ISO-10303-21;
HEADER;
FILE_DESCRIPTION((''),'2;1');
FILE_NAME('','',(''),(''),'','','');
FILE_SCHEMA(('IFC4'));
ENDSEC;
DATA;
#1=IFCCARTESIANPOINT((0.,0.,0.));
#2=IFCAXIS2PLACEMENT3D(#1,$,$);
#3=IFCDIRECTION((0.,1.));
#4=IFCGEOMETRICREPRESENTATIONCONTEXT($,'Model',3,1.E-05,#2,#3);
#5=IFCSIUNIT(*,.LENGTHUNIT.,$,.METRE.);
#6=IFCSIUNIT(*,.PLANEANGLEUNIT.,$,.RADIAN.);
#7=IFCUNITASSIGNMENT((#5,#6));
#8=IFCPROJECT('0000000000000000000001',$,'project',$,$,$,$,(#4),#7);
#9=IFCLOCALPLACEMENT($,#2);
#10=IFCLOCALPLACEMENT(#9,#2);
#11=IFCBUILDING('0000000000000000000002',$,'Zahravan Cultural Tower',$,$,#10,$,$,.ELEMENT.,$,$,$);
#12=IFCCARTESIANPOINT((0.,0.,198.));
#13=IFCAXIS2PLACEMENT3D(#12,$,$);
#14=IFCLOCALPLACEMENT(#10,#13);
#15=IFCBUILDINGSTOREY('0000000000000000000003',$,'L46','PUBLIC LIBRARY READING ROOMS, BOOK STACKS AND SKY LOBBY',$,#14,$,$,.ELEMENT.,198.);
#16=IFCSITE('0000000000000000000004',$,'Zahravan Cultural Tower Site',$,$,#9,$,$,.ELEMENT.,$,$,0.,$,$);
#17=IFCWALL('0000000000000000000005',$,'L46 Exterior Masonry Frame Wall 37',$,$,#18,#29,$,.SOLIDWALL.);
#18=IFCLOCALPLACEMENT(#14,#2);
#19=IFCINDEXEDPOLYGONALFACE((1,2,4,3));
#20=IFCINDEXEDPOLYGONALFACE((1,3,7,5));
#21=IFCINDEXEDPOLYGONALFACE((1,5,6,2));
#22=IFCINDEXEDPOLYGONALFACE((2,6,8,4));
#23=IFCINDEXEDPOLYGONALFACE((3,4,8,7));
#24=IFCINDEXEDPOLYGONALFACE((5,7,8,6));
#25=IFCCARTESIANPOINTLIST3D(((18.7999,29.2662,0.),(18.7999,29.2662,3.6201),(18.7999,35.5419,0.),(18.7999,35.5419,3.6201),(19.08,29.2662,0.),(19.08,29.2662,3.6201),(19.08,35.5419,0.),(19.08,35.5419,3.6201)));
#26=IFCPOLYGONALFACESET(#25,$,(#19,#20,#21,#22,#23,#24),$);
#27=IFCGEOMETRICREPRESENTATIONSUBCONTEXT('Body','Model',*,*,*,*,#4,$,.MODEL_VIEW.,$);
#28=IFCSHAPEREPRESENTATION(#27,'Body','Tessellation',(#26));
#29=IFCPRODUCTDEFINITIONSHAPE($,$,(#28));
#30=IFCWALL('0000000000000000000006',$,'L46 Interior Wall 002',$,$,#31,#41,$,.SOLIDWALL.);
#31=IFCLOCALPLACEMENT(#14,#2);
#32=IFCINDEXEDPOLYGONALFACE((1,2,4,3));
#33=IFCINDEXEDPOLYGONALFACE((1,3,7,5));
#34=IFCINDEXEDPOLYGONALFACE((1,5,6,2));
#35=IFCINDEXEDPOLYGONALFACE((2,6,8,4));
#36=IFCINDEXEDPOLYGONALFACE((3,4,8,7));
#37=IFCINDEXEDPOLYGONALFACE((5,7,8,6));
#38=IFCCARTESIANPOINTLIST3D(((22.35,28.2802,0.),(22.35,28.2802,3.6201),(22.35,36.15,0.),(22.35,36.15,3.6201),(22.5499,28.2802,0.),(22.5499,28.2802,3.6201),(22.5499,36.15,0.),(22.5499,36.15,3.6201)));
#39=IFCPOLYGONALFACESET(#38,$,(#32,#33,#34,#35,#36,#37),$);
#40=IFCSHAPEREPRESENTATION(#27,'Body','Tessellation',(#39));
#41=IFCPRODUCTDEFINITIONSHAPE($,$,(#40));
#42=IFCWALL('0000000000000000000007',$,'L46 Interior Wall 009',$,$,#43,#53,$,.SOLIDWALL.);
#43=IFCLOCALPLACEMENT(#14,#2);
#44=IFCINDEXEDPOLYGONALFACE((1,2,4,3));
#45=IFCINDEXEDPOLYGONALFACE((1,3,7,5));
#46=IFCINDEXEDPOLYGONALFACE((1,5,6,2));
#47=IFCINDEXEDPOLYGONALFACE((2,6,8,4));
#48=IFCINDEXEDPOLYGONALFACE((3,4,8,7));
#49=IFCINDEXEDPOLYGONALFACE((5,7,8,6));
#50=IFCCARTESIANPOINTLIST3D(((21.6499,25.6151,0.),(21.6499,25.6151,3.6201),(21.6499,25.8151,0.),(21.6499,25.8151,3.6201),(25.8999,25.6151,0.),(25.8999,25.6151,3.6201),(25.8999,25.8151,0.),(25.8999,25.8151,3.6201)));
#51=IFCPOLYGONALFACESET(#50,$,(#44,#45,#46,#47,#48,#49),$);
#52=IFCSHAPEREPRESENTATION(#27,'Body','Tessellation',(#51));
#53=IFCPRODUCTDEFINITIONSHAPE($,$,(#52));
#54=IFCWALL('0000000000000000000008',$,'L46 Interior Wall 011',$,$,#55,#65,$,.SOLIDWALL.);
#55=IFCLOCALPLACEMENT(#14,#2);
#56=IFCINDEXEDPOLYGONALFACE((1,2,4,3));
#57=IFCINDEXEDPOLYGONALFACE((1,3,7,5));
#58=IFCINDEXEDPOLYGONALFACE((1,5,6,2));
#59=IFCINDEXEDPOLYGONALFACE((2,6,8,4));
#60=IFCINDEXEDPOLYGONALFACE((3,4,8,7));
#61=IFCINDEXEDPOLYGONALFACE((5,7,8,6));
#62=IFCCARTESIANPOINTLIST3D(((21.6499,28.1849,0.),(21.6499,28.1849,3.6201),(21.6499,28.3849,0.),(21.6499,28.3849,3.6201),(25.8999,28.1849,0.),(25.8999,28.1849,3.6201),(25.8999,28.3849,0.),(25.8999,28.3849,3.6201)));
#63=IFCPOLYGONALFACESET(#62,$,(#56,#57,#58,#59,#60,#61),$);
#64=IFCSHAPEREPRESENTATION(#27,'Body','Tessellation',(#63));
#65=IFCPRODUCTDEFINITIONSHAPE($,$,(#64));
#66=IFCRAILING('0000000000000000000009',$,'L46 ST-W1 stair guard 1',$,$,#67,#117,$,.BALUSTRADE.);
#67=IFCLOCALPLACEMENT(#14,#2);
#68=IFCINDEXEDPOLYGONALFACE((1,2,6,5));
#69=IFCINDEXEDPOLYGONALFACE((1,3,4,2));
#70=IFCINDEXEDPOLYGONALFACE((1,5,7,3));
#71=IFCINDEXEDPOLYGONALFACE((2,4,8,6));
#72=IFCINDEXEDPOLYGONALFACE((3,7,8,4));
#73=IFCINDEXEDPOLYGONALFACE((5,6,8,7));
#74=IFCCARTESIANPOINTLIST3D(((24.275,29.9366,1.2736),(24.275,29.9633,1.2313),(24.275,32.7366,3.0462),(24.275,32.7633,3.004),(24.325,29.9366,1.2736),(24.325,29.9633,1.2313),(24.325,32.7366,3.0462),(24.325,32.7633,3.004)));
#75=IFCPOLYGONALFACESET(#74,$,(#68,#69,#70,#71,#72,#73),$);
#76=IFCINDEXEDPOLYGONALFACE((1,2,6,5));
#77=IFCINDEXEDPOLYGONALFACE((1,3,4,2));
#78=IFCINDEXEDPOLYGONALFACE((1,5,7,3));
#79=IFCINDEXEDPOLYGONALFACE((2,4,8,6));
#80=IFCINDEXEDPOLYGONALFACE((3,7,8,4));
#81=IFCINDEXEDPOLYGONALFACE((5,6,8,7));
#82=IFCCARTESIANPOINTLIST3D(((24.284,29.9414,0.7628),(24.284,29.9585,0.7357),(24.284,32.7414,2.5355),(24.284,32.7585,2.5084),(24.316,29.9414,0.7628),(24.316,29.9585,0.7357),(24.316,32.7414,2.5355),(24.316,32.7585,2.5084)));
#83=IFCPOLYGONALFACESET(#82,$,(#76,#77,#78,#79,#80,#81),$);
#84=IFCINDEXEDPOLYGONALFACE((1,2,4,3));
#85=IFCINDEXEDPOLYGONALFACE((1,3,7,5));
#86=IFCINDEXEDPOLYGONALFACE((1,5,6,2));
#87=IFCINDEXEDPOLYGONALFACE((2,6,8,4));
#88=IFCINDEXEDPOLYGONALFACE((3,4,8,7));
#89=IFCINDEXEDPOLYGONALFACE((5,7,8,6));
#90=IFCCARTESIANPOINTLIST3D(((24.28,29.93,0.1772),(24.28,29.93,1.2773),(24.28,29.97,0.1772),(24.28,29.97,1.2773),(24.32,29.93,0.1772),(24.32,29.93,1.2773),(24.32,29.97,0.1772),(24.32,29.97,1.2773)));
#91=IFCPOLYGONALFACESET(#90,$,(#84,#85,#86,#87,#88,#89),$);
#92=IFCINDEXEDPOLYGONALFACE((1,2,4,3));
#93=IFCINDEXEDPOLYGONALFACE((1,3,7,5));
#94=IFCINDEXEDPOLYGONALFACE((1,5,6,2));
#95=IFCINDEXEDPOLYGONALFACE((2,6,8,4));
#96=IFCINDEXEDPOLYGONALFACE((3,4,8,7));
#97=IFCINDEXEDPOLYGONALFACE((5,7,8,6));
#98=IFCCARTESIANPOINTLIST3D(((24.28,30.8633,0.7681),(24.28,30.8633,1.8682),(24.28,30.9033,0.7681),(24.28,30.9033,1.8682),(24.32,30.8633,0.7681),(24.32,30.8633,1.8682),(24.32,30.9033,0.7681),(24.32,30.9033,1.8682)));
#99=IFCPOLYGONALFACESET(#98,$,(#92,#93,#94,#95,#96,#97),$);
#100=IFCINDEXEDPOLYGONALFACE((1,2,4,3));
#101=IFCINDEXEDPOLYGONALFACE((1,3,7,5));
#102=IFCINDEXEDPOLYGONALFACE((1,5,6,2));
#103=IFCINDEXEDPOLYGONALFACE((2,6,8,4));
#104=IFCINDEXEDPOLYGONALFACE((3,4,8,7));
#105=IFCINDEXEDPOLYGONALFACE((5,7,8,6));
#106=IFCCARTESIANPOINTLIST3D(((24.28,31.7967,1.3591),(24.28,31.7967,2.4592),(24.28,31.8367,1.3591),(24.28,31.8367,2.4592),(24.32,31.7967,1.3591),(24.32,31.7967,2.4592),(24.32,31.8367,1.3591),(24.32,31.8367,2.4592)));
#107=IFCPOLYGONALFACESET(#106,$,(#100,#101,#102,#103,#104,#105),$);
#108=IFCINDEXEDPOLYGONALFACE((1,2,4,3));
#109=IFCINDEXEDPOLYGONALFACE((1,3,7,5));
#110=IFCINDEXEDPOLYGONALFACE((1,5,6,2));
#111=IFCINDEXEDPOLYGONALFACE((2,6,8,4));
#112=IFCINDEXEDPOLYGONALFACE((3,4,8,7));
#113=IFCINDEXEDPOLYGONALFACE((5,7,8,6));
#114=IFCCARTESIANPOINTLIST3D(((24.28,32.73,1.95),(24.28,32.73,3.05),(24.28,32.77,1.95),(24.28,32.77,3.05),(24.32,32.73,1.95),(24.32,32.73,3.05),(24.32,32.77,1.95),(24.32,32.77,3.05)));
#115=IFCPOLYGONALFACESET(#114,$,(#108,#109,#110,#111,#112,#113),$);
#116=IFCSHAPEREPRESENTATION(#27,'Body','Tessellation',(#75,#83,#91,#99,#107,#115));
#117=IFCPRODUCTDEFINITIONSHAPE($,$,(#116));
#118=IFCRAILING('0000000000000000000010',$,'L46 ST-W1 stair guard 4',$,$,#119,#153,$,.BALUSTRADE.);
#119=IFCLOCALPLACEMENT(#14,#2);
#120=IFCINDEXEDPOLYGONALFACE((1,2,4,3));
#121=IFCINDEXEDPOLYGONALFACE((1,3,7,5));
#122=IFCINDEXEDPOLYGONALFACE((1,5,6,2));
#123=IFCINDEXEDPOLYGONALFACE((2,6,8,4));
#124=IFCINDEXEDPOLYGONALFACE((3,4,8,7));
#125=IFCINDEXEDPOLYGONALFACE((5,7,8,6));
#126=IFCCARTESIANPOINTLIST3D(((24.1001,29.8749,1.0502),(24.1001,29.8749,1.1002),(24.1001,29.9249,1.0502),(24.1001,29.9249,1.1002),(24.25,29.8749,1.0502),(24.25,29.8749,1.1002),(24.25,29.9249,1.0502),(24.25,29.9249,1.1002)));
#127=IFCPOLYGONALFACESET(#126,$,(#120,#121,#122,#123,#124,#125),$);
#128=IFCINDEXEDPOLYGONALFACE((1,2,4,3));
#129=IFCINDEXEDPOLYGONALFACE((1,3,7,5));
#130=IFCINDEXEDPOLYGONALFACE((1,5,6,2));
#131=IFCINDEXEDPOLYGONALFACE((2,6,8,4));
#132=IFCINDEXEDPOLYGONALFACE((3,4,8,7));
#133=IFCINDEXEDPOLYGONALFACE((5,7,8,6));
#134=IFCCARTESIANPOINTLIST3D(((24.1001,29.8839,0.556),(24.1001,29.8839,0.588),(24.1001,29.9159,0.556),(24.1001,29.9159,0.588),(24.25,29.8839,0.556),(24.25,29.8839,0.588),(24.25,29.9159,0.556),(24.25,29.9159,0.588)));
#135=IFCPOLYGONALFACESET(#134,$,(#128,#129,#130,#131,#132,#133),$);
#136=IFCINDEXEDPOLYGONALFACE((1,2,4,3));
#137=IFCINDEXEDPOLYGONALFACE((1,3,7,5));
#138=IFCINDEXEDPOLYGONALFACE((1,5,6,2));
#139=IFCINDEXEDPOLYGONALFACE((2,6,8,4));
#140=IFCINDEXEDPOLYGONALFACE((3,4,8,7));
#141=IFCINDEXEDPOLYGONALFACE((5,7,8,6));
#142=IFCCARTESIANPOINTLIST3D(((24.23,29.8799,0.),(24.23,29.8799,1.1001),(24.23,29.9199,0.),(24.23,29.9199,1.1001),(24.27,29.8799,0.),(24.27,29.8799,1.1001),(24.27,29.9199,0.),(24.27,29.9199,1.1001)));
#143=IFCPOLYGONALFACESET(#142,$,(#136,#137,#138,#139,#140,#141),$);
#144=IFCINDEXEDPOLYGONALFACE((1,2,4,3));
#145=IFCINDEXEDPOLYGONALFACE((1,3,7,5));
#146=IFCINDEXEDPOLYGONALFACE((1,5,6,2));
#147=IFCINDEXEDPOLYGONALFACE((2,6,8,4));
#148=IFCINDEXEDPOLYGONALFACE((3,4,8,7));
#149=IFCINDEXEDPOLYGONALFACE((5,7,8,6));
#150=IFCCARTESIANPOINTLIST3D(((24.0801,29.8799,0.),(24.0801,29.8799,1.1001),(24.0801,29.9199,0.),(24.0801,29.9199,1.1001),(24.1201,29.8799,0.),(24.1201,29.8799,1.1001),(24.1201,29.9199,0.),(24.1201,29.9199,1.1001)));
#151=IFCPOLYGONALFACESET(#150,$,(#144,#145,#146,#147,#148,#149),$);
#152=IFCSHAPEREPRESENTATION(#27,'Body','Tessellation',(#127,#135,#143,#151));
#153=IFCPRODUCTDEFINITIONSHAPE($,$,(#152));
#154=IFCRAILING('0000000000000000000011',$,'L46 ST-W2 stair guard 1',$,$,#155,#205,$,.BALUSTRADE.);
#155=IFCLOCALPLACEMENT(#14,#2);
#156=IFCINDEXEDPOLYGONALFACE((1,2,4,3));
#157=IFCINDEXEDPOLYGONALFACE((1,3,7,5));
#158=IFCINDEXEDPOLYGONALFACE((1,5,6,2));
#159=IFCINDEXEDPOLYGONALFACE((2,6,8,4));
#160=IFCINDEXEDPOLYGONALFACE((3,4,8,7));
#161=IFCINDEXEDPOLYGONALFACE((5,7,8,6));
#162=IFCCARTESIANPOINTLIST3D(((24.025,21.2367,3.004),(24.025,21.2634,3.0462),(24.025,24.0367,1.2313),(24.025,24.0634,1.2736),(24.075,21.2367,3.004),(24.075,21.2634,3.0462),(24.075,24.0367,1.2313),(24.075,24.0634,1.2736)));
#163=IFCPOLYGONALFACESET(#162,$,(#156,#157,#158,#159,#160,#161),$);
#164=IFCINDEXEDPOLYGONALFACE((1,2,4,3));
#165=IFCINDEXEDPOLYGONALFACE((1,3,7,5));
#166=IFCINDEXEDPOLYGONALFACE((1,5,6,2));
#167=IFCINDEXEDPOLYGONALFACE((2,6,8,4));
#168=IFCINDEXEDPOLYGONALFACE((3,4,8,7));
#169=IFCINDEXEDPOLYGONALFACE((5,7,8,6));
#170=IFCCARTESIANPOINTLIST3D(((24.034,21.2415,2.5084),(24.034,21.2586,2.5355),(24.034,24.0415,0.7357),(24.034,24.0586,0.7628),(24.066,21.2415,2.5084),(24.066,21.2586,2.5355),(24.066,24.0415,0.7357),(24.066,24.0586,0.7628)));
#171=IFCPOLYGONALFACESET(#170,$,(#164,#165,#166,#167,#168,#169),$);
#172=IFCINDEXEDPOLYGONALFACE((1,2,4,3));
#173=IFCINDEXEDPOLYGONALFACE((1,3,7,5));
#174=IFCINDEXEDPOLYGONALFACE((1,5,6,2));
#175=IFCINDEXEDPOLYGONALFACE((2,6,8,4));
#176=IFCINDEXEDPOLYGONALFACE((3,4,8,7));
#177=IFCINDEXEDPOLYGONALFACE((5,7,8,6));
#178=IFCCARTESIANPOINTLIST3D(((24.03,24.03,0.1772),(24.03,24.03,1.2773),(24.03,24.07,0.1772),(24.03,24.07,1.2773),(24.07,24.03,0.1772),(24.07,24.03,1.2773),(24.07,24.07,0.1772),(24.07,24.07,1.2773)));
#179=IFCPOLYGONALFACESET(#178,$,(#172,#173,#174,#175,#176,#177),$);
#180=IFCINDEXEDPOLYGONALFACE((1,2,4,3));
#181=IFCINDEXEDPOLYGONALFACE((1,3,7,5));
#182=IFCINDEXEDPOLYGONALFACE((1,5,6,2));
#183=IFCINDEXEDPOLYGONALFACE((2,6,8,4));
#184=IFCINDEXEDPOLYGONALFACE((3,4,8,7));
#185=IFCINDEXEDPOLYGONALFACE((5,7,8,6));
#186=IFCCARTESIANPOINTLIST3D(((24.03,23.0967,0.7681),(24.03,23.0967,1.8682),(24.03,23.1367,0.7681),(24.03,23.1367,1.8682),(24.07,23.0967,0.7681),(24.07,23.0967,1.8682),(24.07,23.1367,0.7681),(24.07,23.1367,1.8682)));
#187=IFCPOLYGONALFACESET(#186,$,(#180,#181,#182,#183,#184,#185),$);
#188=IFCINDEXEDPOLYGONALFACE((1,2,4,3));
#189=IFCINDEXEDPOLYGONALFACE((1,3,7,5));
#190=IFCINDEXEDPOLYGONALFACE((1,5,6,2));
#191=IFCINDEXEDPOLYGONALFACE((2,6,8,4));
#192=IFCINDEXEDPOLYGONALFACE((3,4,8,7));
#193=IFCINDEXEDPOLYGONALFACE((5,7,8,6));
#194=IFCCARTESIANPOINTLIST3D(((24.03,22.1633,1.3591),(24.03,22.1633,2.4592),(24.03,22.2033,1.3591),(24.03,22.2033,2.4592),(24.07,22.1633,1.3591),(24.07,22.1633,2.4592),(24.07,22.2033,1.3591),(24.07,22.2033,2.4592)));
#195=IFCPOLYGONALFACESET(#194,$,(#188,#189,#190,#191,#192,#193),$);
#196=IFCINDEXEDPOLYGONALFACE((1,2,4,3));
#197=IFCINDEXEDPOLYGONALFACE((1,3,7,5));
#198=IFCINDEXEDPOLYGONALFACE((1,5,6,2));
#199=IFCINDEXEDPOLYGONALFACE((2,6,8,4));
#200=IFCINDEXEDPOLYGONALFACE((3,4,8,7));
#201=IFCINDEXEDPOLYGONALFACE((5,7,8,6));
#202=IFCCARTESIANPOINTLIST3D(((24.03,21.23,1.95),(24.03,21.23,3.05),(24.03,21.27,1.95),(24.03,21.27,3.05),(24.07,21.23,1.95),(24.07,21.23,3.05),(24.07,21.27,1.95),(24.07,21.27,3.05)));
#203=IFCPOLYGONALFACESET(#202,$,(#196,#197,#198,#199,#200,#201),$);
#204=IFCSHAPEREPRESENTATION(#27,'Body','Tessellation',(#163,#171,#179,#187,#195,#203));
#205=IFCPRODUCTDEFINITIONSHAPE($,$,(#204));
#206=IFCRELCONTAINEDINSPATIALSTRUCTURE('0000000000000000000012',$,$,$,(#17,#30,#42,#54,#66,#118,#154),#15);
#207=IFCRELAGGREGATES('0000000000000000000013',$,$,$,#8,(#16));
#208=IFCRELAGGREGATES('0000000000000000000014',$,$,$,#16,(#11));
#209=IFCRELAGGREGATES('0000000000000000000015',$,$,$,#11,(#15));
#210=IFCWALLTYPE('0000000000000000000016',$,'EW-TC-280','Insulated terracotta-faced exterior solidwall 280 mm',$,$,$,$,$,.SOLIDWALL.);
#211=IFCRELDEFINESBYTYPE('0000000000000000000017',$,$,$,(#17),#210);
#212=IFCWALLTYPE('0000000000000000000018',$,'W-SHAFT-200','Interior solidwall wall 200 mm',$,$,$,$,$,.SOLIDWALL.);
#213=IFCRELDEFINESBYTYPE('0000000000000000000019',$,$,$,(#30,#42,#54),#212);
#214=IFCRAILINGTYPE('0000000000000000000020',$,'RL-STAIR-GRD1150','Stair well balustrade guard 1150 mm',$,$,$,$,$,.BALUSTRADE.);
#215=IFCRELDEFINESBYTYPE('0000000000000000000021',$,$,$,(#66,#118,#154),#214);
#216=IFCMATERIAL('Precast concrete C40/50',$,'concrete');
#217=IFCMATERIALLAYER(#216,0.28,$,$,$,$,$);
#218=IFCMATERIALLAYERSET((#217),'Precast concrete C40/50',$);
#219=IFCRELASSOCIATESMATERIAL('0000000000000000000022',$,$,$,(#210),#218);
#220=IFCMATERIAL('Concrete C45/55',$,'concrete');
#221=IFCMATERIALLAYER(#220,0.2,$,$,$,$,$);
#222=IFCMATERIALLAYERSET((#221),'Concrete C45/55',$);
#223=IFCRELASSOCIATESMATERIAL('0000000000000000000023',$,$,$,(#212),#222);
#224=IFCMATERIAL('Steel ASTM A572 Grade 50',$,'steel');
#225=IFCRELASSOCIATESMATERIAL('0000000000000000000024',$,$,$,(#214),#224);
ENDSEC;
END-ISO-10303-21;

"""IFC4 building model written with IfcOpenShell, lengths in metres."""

from ifc_helpers import new_model, si_unit, direction, frame, frame_2d, origin, origin_2d, place, context, subcontext, project, spatial, rectangle, extrude, source, transform, mapped, material, layer, layer_set, type_object, element, save


model = new_model("IFC4")

# Units and contexts
model_context = context("Model", 3, precision=1e-05, world=origin(), true_north=direction((0.0, 1.0)))
body_context = subcontext(model_context, "Body", "Model", "MODEL_VIEW")
ifc_project = project(units=[si_unit("LENGTHUNIT", "METRE"), si_unit("PLANEANGLEUNIT", "RADIAN")], contexts=[model_context])

# Site, building, storey
site_placement = place(None, origin())
site = spatial("IfcSite", under=ifc_project, at=site_placement, Name="Zahravan Cultural Tower Site", CompositionType="ELEMENT", RefElevation=0.0)
building_placement = place(site_placement, origin())
building = spatial("IfcBuilding", under=site, at=building_placement, Name="Zahravan Cultural Tower", CompositionType="ELEMENT")
storey_placement = place(building_placement, frame((0.0, 0.0, 198.0)))
storey = spatial("IfcBuildingStorey", under=building, at=storey_placement, Name="L46", Description="PUBLIC LIBRARY READING ROOMS, BOOK STACKS AND SKY LOBBY", CompositionType="ELEMENT", Elevation=198.0)

# Walls
ifc_material_1 = material(Name="Precast concrete C40/50", Category="concrete")
ifc_layer_1 = layer(ifc_material_1, 0.28)
ifc_layer_set_1 = layer_set([ifc_layer_1], Name="Precast concrete C40/50")
wall_type_1 = type_object("IfcWallType", Name="EW-TC-280", Description="Insulated terracotta-faced exterior solidwall 280 mm", PredefinedType="SOLIDWALL", material=ifc_layer_set_1)
shared_shape_1 = source(origin(), body_context, "Body", "SweptSolid", [
    extrude(rectangle(XDim=6.2756, YDim=0.28, at=frame_2d((3.1377, 0.0))), origin(), (0.0, 0.0, 1.0), 3.6201),
])
wall_1_placement = place(storey_placement, frame((18.9399, 29.2664, 0.0), z_axis=(0.0, 0.0, 1.0), x_axis=(0.0, 1.0, 0.0)))
element("IfcWall", 1, at=wall_1_placement, inside=storey, type_object=wall_type_1, Name="L46 Exterior Masonry Frame Wall 37", PredefinedType="SOLIDWALL", context=body_context, shape_type="MappedRepresentation", body=[
    mapped(shared_shape_1, transform((0.0, 0.0, 0.0), x_axis=(1.0, 0.0, 0.0), y_axis=(0.0, 1.0, 0.0), z_axis=(0.0, 0.0, 1.0), scale=1.0)),
])
ifc_material_2 = material(Name="Concrete C45/55", Category="concrete")
ifc_layer_2 = layer(ifc_material_2, 0.2)
ifc_layer_set_2 = layer_set([ifc_layer_2], Name="Concrete C45/55")
wall_type_2 = type_object("IfcWallType", Name="W-SHAFT-200", Description="Interior solidwall wall 200 mm", PredefinedType="SOLIDWALL", material=ifc_layer_set_2)
shared_shape_2 = source(origin(), body_context, "Body", "SweptSolid", [
    extrude(rectangle(XDim=7.8699, YDim=0.2, at=frame_2d((3.9351, 0.0))), origin(), (0.0, 0.0, 1.0), 3.6201),
])
wall_2_placement = place(storey_placement, frame((22.45, 28.28, 0.0), z_axis=(0.0, 0.0, 1.0), x_axis=(0.0, 1.0, 0.0)))
element("IfcWall", 2, at=wall_2_placement, inside=storey, type_object=wall_type_2, Name="L46 Interior Wall 002", PredefinedType="SOLIDWALL", context=body_context, shape_type="MappedRepresentation", body=[
    mapped(shared_shape_2, transform((0.0, 0.0, 0.0), x_axis=(1.0, 0.0, 0.0), y_axis=(0.0, 1.0, 0.0), z_axis=(0.0, 0.0, 1.0), scale=1.0)),
])
shared_shape_3 = source(origin(), body_context, "Body", "SweptSolid", [
    extrude(rectangle(XDim=4.25, YDim=0.2, at=frame_2d((2.125, 0.0))), origin(), (0.0, 0.0, 1.0), 3.6201),
])
for number, where, z_axis, x_axis, name in (
    (3, (21.6499, 25.7151, 0.0), (0.0, 0.0, 1.0), (1.0, 0.0, 0.0), "L46 Interior Wall 009"),
    (4, (21.6499, 28.2849, 0.0), (0.0, 0.0, 1.0), (1.0, 0.0, 0.0), "L46 Interior Wall 011"),
):
    element("IfcWall", number, at=place(storey_placement, frame(where, z_axis=z_axis, x_axis=x_axis)), inside=storey, type_object=wall_type_2, Name=name, PredefinedType="SOLIDWALL", context=body_context, shape_type="MappedRepresentation", body=[
        mapped(shared_shape_3, transform((0.0, 0.0, 0.0), x_axis=(1.0, 0.0, 0.0), y_axis=(0.0, 1.0, 0.0), z_axis=(0.0, 0.0, 1.0), scale=1.0)),
    ])

# Railings
ifc_material_3 = material(Name="Steel ASTM A572 Grade 50", Category="steel")
railing_type = type_object("IfcRailingType", Name="RL-STAIR-GRD1150", Description="Stair well balustrade guard 1150 mm", PredefinedType="BALUSTRADE", material=ifc_material_3)
railing_1_placement = place(storey_placement, frame((24.3, 29.95, 0.1772)))
element("IfcRailing", 5, at=railing_1_placement, inside=storey, type_object=railing_type, Name="L46 ST-W1 stair guard 1", PredefinedType="BALUSTRADE", context=body_context, shape_type="SweptSolid", body=[
    extrude(rectangle(XDim=0.05, YDim=0.05, at=origin_2d()), frame((0.0, 0.0, 1.0752), z_axis=(0.0, 0.844909, 0.53491), x_axis=(-1.0, 0.0, 0.0)), (0.0, 0.0, 1.0), 3.314),
    extrude(rectangle(XDim=0.032, YDim=0.032, at=origin_2d()), frame((0.0, 0.0, 0.572), z_axis=(0.0, 0.844909, 0.53491), x_axis=(-1.0, 0.0, 0.0)), (0.0, 0.0, 1.0), 3.314),
    extrude(rectangle(XDim=0.04, YDim=0.04, at=origin_2d()), origin(), (0.0, 0.0, 1.0), 1.1001),
    extrude(rectangle(XDim=0.04, YDim=0.04, at=origin_2d()), frame((0.0, 0.9333, 0.5908)), (0.0, 0.0, 1.0), 1.1001),
    extrude(rectangle(XDim=0.04, YDim=0.04, at=origin_2d()), frame((0.0, 1.8667, 1.1819)), (0.0, 0.0, 1.0), 1.1001),
    extrude(rectangle(XDim=0.04, YDim=0.04, at=origin_2d()), frame((0.0, 2.8, 1.7727)), (0.0, 0.0, 1.0), 1.1001),
])
railing_2_placement = place(storey_placement, frame((24.25, 29.8999, 0.0)))
element("IfcRailing", 6, at=railing_2_placement, inside=storey, type_object=railing_type, Name="L46 ST-W1 stair guard 4", PredefinedType="BALUSTRADE", context=body_context, shape_type="SweptSolid", body=[
    extrude(rectangle(XDim=0.05, YDim=0.05, at=origin_2d()), frame((0.0, 0.0, 1.0752), z_axis=(-1.0, 0.0, 0.0), x_axis=(0.0, -1.0, 0.0)), (0.0, 0.0, 1.0), 0.1499),
    extrude(rectangle(XDim=0.032, YDim=0.032, at=origin_2d()), frame((0.0, 0.0, 0.572), z_axis=(-1.0, 0.0, 0.0), x_axis=(0.0, -1.0, 0.0)), (0.0, 0.0, 1.0), 0.1499),
    extrude(rectangle(XDim=0.04, YDim=0.04, at=origin_2d()), origin(), (0.0, 0.0, 1.0), 1.1001),
    extrude(rectangle(XDim=0.04, YDim=0.04, at=origin_2d()), frame((-0.1499, 0.0, 0.0)), (0.0, 0.0, 1.0), 1.1001),
])
railing_3_placement = place(storey_placement, frame((24.05, 24.05, 0.1772)))
element("IfcRailing", 7, at=railing_3_placement, inside=storey, type_object=railing_type, Name="L46 ST-W2 stair guard 1", PredefinedType="BALUSTRADE", context=body_context, shape_type="SweptSolid", body=[
    extrude(rectangle(XDim=0.05, YDim=0.05, at=origin_2d()), frame((0.0, 0.0, 1.0752), z_axis=(0.0, -0.844909, 0.53491), x_axis=(1.0, 0.0, 0.0)), (0.0, 0.0, 1.0), 3.314),
    extrude(rectangle(XDim=0.032, YDim=0.032, at=origin_2d()), frame((0.0, 0.0, 0.572), z_axis=(0.0, -0.844909, 0.53491), x_axis=(1.0, 0.0, 0.0)), (0.0, 0.0, 1.0), 3.314),
    extrude(rectangle(XDim=0.04, YDim=0.04, at=origin_2d()), origin(), (0.0, 0.0, 1.0), 1.1001),
    extrude(rectangle(XDim=0.04, YDim=0.04, at=origin_2d()), frame((0.0, -0.9333, 0.5908)), (0.0, 0.0, 1.0), 1.1001),
    extrude(rectangle(XDim=0.04, YDim=0.04, at=origin_2d()), frame((0.0, -1.8667, 1.1819)), (0.0, 0.0, 1.0), 1.1001),
    extrude(rectangle(XDim=0.04, YDim=0.04, at=origin_2d()), frame((0.0, -2.8, 1.7727)), (0.0, 0.0, 1.0), 1.1001),
])

save(model, "model.ifc")
